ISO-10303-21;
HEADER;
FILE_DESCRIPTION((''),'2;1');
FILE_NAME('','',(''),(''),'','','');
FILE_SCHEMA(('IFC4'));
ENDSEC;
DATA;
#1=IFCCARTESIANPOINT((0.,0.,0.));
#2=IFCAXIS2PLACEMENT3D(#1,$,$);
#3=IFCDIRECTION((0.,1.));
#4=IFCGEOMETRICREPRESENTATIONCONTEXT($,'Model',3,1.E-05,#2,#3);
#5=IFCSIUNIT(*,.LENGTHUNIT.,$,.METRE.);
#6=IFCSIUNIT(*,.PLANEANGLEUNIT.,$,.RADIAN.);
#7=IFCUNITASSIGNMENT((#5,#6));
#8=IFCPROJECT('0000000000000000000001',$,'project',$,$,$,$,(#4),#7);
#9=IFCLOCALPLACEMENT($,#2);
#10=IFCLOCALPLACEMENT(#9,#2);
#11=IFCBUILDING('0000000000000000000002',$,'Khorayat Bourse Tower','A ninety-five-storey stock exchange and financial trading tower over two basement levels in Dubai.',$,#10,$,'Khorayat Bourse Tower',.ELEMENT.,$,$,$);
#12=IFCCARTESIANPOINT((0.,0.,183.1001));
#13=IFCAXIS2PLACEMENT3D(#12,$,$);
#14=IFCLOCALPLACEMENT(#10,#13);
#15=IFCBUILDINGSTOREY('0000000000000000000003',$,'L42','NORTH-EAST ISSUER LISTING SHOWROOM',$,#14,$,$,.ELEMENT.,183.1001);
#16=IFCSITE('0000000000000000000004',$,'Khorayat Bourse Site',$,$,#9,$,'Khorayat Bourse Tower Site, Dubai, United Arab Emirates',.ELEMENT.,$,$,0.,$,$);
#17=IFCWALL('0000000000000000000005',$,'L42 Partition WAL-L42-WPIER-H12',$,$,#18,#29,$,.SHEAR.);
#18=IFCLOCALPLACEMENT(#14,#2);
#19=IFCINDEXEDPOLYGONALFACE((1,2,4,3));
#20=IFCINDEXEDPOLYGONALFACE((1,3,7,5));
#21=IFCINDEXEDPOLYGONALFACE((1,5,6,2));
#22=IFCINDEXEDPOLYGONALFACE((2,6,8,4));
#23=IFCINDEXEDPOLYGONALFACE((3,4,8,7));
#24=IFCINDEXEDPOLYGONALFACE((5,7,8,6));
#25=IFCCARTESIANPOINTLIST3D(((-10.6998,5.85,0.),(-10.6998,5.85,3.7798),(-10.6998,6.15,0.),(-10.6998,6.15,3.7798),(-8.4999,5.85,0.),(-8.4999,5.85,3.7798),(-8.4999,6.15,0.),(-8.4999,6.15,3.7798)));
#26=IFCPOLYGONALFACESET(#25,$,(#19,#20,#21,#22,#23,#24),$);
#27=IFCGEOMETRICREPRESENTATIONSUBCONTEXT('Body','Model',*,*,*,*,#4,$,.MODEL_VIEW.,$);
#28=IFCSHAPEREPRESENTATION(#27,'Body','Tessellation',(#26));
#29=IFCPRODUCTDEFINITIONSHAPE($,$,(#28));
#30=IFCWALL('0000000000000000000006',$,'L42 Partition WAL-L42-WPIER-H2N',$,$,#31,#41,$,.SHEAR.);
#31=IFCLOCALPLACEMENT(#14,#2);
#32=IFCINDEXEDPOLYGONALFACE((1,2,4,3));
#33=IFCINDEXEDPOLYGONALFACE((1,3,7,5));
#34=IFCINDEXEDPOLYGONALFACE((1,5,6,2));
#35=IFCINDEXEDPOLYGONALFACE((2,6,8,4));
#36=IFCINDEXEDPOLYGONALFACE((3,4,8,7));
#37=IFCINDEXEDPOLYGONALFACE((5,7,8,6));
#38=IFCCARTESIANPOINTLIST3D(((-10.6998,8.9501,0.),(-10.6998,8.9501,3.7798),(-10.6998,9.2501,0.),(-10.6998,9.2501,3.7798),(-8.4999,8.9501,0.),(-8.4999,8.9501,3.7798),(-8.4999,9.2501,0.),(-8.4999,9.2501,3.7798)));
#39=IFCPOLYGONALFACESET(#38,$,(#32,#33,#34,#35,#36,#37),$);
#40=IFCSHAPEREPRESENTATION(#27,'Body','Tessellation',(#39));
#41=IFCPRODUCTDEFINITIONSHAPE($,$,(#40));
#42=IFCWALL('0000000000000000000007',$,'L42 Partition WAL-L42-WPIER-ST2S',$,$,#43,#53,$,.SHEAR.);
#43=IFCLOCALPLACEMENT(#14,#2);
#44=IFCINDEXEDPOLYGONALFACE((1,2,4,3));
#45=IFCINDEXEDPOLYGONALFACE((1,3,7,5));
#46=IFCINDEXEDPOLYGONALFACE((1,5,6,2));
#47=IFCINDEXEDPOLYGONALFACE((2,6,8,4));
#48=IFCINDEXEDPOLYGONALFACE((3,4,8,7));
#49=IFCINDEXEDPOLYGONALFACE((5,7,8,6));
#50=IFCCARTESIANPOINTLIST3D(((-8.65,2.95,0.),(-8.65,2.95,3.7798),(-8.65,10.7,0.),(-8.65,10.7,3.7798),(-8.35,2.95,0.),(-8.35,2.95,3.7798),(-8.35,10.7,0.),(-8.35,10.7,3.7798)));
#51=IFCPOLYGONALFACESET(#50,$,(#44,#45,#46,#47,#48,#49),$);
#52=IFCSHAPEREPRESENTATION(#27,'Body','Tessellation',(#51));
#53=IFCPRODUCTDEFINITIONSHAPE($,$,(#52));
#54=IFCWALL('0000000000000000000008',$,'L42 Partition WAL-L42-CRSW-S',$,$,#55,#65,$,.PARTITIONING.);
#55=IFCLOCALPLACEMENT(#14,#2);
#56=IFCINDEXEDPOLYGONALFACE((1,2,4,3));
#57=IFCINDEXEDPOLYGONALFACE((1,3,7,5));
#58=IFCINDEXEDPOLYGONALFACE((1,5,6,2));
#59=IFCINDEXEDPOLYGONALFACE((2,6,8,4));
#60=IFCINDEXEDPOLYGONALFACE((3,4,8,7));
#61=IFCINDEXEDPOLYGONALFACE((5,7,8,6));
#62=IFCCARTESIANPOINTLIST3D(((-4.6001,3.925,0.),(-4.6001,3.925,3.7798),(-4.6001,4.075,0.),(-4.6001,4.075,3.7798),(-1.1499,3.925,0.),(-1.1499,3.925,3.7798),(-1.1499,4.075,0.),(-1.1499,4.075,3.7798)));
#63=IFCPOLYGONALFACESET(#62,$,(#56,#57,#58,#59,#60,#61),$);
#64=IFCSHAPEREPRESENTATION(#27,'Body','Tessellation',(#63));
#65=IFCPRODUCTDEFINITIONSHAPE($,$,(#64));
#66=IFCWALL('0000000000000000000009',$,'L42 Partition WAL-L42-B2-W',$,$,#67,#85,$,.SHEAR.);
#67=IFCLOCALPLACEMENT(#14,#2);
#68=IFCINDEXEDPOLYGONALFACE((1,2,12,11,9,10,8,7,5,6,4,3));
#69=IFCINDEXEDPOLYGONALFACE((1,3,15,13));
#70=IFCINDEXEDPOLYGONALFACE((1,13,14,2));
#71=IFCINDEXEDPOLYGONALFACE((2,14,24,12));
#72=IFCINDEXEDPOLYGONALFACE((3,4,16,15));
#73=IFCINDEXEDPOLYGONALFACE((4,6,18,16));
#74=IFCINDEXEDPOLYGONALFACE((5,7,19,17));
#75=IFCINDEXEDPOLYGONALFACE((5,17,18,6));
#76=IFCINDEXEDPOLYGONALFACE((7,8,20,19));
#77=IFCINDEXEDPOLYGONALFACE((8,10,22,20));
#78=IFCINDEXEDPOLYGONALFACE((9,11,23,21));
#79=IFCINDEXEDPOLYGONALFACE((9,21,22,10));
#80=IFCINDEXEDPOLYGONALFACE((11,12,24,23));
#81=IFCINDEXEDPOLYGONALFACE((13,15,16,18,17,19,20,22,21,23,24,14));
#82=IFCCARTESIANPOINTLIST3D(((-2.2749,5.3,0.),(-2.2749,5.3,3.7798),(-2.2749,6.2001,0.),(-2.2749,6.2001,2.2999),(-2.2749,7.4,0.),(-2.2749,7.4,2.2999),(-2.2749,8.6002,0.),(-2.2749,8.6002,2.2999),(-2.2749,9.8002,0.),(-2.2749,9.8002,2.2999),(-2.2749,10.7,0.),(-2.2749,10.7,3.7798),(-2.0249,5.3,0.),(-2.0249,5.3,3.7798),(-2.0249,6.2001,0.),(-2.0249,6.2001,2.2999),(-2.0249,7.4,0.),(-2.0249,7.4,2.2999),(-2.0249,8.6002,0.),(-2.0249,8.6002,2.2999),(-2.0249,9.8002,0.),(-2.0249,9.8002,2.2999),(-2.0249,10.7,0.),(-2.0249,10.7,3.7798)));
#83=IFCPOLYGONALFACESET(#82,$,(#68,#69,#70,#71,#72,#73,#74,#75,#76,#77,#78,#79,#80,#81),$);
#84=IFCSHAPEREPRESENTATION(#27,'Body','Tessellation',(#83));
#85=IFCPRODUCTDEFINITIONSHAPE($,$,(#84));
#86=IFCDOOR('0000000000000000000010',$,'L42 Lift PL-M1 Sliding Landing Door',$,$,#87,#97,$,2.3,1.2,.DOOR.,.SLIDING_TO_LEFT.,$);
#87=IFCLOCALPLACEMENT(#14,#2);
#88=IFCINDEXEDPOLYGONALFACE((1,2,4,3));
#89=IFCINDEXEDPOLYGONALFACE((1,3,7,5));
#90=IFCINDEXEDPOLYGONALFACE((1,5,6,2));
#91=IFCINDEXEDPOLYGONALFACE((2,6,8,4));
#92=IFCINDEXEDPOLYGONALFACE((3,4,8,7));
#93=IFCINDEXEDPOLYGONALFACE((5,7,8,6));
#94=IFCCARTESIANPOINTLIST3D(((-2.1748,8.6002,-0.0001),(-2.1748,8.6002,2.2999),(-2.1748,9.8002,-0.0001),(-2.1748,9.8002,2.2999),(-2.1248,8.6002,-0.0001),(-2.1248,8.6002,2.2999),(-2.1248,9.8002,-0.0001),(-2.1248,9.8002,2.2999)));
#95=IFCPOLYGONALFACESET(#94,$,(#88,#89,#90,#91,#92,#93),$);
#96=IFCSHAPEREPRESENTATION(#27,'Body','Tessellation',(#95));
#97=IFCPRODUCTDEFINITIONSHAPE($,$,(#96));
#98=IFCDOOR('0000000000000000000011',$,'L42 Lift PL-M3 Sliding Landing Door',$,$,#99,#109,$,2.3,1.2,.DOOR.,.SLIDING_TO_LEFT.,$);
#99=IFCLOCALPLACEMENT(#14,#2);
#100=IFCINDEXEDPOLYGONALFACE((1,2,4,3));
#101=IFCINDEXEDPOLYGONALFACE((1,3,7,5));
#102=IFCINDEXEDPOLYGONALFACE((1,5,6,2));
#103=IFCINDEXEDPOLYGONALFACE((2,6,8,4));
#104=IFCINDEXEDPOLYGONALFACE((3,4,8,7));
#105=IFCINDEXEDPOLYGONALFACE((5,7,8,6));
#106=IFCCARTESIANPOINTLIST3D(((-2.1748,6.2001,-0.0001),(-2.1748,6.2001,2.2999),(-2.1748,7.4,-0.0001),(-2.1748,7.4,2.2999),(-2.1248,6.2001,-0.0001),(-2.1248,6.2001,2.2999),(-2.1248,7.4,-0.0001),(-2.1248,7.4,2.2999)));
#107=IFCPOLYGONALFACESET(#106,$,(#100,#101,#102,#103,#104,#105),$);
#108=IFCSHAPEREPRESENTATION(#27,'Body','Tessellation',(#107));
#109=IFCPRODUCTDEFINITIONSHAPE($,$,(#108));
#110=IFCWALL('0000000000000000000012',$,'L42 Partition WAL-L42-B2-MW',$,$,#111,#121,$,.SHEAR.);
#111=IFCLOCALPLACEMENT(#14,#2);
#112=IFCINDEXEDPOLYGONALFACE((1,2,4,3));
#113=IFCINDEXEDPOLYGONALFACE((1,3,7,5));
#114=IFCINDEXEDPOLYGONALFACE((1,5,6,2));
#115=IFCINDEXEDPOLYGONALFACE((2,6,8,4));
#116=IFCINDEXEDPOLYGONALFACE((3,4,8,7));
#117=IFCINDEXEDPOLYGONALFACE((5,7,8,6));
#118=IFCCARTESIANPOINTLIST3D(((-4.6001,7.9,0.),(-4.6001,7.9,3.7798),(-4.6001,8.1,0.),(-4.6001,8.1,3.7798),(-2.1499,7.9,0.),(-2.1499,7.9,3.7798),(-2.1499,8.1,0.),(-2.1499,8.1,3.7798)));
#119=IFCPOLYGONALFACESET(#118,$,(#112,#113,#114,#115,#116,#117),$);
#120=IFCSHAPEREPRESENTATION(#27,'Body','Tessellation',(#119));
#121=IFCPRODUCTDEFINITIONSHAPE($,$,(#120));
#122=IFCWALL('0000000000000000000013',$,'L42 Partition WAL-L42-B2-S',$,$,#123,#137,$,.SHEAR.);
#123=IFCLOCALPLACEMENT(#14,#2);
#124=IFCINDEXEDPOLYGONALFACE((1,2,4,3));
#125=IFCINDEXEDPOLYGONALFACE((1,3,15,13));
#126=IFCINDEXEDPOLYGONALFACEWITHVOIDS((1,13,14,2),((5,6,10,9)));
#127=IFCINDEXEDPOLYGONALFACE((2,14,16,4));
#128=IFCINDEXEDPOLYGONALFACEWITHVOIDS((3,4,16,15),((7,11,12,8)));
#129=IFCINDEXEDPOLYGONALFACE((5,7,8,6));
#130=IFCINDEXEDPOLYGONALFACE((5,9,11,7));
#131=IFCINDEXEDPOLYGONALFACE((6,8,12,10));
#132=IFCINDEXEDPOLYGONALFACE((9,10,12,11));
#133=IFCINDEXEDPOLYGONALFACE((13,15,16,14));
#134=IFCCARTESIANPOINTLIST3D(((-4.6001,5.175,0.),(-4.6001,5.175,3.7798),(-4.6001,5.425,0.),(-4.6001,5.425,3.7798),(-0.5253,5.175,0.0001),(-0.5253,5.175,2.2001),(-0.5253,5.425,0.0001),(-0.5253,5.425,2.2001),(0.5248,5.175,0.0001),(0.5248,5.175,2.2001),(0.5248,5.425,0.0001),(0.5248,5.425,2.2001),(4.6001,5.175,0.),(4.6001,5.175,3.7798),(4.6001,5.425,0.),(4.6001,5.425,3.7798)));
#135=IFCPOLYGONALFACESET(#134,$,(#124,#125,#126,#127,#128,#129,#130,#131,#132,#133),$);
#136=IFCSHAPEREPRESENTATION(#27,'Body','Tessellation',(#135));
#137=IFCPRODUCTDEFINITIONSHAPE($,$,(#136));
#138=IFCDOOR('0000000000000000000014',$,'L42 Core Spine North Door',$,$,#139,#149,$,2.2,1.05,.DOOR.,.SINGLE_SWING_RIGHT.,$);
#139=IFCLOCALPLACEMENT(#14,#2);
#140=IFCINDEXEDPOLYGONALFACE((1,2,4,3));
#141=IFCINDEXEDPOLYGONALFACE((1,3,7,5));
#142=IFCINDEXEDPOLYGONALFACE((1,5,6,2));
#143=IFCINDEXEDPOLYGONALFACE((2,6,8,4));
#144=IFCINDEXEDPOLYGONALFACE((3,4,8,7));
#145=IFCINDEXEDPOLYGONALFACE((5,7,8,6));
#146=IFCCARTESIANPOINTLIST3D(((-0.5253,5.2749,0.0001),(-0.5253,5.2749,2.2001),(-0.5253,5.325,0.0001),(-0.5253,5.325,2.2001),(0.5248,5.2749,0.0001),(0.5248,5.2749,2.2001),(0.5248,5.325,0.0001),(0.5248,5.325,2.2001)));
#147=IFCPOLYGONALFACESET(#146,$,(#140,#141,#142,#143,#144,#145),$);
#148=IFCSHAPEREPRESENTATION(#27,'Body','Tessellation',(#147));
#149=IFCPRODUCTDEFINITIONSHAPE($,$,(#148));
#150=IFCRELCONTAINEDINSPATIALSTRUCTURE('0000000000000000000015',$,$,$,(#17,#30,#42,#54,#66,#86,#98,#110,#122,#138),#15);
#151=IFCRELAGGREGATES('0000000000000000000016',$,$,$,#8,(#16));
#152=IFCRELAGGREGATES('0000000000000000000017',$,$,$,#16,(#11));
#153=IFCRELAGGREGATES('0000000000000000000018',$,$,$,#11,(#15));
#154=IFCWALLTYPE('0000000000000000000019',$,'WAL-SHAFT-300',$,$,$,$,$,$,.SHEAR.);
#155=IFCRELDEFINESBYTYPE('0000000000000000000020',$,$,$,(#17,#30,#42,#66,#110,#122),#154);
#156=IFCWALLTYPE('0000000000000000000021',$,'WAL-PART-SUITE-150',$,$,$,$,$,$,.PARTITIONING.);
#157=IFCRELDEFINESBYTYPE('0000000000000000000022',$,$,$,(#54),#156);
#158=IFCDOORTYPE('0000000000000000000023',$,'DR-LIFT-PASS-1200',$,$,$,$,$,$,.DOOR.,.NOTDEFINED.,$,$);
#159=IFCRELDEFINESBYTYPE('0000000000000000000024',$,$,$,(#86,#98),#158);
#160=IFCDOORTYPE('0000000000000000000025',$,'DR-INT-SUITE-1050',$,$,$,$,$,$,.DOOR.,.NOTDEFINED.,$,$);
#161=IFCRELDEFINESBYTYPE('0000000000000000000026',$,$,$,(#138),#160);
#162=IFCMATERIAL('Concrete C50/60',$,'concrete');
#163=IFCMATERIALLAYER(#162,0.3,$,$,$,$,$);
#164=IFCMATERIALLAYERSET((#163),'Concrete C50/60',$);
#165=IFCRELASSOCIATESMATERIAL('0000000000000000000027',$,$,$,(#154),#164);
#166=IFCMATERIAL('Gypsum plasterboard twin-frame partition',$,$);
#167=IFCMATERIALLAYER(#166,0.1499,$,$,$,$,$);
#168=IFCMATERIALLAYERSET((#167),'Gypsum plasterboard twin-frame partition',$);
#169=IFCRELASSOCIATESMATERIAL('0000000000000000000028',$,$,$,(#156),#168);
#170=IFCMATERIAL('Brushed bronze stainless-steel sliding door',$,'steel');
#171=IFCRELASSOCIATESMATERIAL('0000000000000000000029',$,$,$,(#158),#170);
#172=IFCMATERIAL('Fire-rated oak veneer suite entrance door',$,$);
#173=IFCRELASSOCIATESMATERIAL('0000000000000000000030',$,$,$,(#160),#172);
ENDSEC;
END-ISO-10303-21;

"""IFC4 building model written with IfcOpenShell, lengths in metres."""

from ifc_helpers import new_model, si_unit, direction, frame, frame_2d, origin, place, context, subcontext, project, spatial, rectangle, extrude, source, transform, mapped, material, layer, layer_set, type_object, element, fill, save


model = new_model("IFC4")

# Units and contexts
model_context = context("Model", 3, precision=1e-05, world=origin(), true_north=direction((0.0, 1.0)))
body_context = subcontext(model_context, "Body", "Model", "MODEL_VIEW")
ifc_project = project(units=[si_unit("LENGTHUNIT", "METRE"), si_unit("PLANEANGLEUNIT", "RADIAN")], contexts=[model_context])

# Site, building, storey
site_placement = place(None, origin())
site = spatial("IfcSite", under=ifc_project, at=site_placement, Name="Khorayat Bourse Site", LongName="Khorayat Bourse Tower Site, Dubai, United Arab Emirates", CompositionType="ELEMENT", RefElevation=0.0)
building_placement = place(site_placement, origin())
building = spatial("IfcBuilding", under=site, at=building_placement, Name="Khorayat Bourse Tower", Description="A ninety-five-storey stock exchange and financial trading tower over two basement levels in Dubai.", LongName="Khorayat Bourse Tower", CompositionType="ELEMENT")
storey_placement = place(building_placement, frame((0.0, 0.0, 183.1001)))
storey = spatial("IfcBuildingStorey", under=building, at=storey_placement, Name="L42", Description="NORTH-EAST ISSUER LISTING SHOWROOM", CompositionType="ELEMENT", Elevation=183.1001)

# Walls
ifc_material_1 = material(Name="Concrete C50/60", Category="concrete")
ifc_layer_1 = layer(ifc_material_1, 0.3)
ifc_layer_set_1 = layer_set([ifc_layer_1], Name="Concrete C50/60")
wall_type_1 = type_object("IfcWallType", Name="WAL-SHAFT-300", PredefinedType="SHEAR", material=ifc_layer_set_1)
shared_shape_1 = source(origin(), body_context, "Body", "SweptSolid", [
    extrude(rectangle(XDim=2.2, YDim=0.3, at=frame_2d((1.1001, 0.0))), origin(), (0.0, 0.0, 1.0), 3.7798),
])
for number, where, z_axis, x_axis, name in (
    (1, (-10.7, 6.0, 0.0), (0.0, 0.0, 1.0), (1.0, 0.0, 0.0), "L42 Partition WAL-L42-WPIER-H12"),
    (2, (-10.7, 9.1001, 0.0), (0.0, 0.0, 1.0), (1.0, 0.0, 0.0), "L42 Partition WAL-L42-WPIER-H2N"),
):
    element("IfcWall", number, at=place(storey_placement, frame(where, z_axis=z_axis, x_axis=x_axis)), inside=storey, type_object=wall_type_1, Name=name, PredefinedType="SHEAR", context=body_context, shape_type="MappedRepresentation", body=[
        mapped(shared_shape_1, transform((0.0, 0.0, 0.0), scale=1.0)),
    ])
shared_shape_2 = source(origin(), body_context, "Body", "SweptSolid", [
    extrude(rectangle(XDim=7.75, YDim=0.3, at=frame_2d((3.875, 0.0))), origin(), (0.0, 0.0, 1.0), 3.7798),
])
wall_1_placement = place(storey_placement, frame((-8.5, 2.95, 0.0), z_axis=(0.0, 0.0, 1.0), x_axis=(0.0, 1.0, 0.0)))
element("IfcWall", 3, at=wall_1_placement, inside=storey, type_object=wall_type_1, Name="L42 Partition WAL-L42-WPIER-ST2S", PredefinedType="SHEAR", context=body_context, shape_type="MappedRepresentation", body=[
    mapped(shared_shape_2, transform((0.0, 0.0, 0.0), scale=1.0)),
])
ifc_material_2 = material(Name="Gypsum plasterboard twin-frame partition")
ifc_layer_2 = layer(ifc_material_2, 0.1499)
ifc_layer_set_2 = layer_set([ifc_layer_2], Name="Gypsum plasterboard twin-frame partition")
wall_type_2 = type_object("IfcWallType", Name="WAL-PART-SUITE-150", PredefinedType="PARTITIONING", material=ifc_layer_set_2)
shared_shape_3 = source(origin(), body_context, "Body", "SweptSolid", [
    extrude(rectangle(XDim=3.4502, YDim=0.1499, at=frame_2d((1.7251, 0.0))), origin(), (0.0, 0.0, 1.0), 3.7798),
])
wall_2_placement = place(storey_placement, frame((-4.6001, 4.0, 0.0), z_axis=(0.0, 0.0, 1.0), x_axis=(1.0, 0.0, 0.0)))
element("IfcWall", 4, at=wall_2_placement, inside=storey, type_object=wall_type_2, Name="L42 Partition WAL-L42-CRSW-S", PredefinedType="PARTITIONING", context=body_context, shape_type="MappedRepresentation", body=[
    mapped(shared_shape_3, transform((0.0, 0.0, 0.0), scale=1.0)),
])

# Wall, openings, doors
shared_shape_4 = source(origin(), body_context, "Body", "SweptSolid", [
    extrude(rectangle(XDim=5.3999, YDim=0.25, at=frame_2d((2.7, 0.0))), origin(), (0.0, 0.0, 1.0), 3.7798),
])
wall_3_placement = place(storey_placement, frame((-2.1499, 5.3, 0.0), z_axis=(0.0, 0.0, 1.0), x_axis=(0.0, 1.0, 0.0)))
wall_3 = element("IfcWall", 5, at=wall_3_placement, inside=storey, type_object=wall_type_1, Name="L42 Partition WAL-L42-B2-W", PredefinedType="SHEAR", context=body_context, shape_type="MappedRepresentation", body=[
    mapped(shared_shape_4, transform((0.0, 0.0, 0.0), scale=1.0)),
])
shared_shape_5 = source(origin(), body_context, "Body", "SweptSolid", [
    extrude(rectangle(XDim=1.2, YDim=2.3, at=frame_2d((0.6001, 1.1499))), frame((0.0, 0.135, 0.0), z_axis=(0.0, -1.0, 0.0), x_axis=(1.0, 0.0, 0.0)), (0.0, 0.0, 1.0), 0.27),
])
opening_1_placement = place(wall_3_placement, frame((3.3, 0.0, 0.0)))
opening_1 = element("IfcOpeningElement", 6, at=opening_1_placement, cuts=wall_3, PredefinedType="OPENING", context=body_context, shape_type="MappedRepresentation", body=[
    mapped(shared_shape_5, transform((0.0, 0.0, 0.0), scale=1.0)),
])
opening_2_placement = place(wall_3_placement, frame((0.8999, 0.0, 0.0)))
opening_2 = element("IfcOpeningElement", 7, at=opening_2_placement, cuts=wall_3, PredefinedType="OPENING", context=body_context, shape_type="MappedRepresentation", body=[
    mapped(shared_shape_5, transform((0.0, 0.0, 0.0), scale=1.0)),
])
ifc_material_3 = material(Name="Brushed bronze stainless-steel sliding door", Category="steel")
door_type_1 = type_object("IfcDoorType", Name="DR-LIFT-PASS-1200", OperationType="NOTDEFINED", PredefinedType="DOOR", material=ifc_material_3)
shared_shape_6 = source(origin(), body_context, "Body", "SweptSolid", [
    extrude(rectangle(XDim=1.2, YDim=2.3, at=frame_2d((0.6001, 1.1499))), frame((0.0, 0.0249, 0.0), z_axis=(0.0, -1.0, 0.0), x_axis=(1.0, 0.0, 0.0)), (0.0, 0.0, 1.0), 0.05),
])
door_1_placement = place(opening_1_placement, origin())
door_1 = element("IfcDoor", 8, at=door_1_placement, inside=storey, type_object=door_type_1, Name="L42 Lift PL-M1 Sliding Landing Door", OperationType="SLIDING_TO_LEFT", OverallHeight=2.3, OverallWidth=1.2, PredefinedType="DOOR", context=body_context, shape_type="MappedRepresentation", body=[
    mapped(shared_shape_6, transform((0.0, 0.0, 0.0), scale=1.0)),
])
fill(opening_1, door_1)
door_2_placement = place(opening_2_placement, origin())
door_2 = element("IfcDoor", 9, at=door_2_placement, inside=storey, type_object=door_type_1, Name="L42 Lift PL-M3 Sliding Landing Door", OperationType="SLIDING_TO_LEFT", OverallHeight=2.3, OverallWidth=1.2, PredefinedType="DOOR", context=body_context, shape_type="MappedRepresentation", body=[
    mapped(shared_shape_6, transform((0.0, 0.0, 0.0), scale=1.0)),
])
fill(opening_2, door_2)

# Wall
shared_shape_7 = source(origin(), body_context, "Body", "SweptSolid", [
    extrude(rectangle(XDim=2.4502, YDim=0.2, at=frame_2d((1.2251, 0.0))), origin(), (0.0, 0.0, 1.0), 3.7798),
])
wall_4_placement = place(storey_placement, frame((-4.6001, 8.0, 0.0), z_axis=(0.0, 0.0, 1.0), x_axis=(1.0, 0.0, 0.0)))
element("IfcWall", 10, at=wall_4_placement, inside=storey, type_object=wall_type_1, Name="L42 Partition WAL-L42-B2-MW", PredefinedType="SHEAR", context=body_context, shape_type="MappedRepresentation", body=[
    mapped(shared_shape_7, transform((0.0, 0.0, 0.0), scale=1.0)),
])

# Wall, opening, door
shared_shape_8 = source(origin(), body_context, "Body", "SweptSolid", [
    extrude(rectangle(XDim=9.2002, YDim=0.25, at=frame_2d((4.6001, 0.0))), origin(), (0.0, 0.0, 1.0), 3.7798),
])
wall_5_placement = place(storey_placement, frame((-4.6001, 5.3, 0.0), z_axis=(0.0, 0.0, 1.0), x_axis=(1.0, 0.0, 0.0)))
wall_5 = element("IfcWall", 11, at=wall_5_placement, inside=storey, type_object=wall_type_1, Name="L42 Partition WAL-L42-B2-S", PredefinedType="SHEAR", context=body_context, shape_type="MappedRepresentation", body=[
    mapped(shared_shape_8, transform((0.0, 0.0, 0.0), scale=1.0)),
])
shared_shape_9 = source(origin(), body_context, "Body", "SweptSolid", [
    extrude(rectangle(XDim=1.05, YDim=2.2, at=frame_2d((0.5249, 1.1001))), frame((0.0, 0.135, 0.0), z_axis=(0.0, -1.0, 0.0), x_axis=(1.0, 0.0, 0.0)), (0.0, 0.0, 1.0), 0.27),
])
opening_3_placement = place(wall_5_placement, frame((4.075, 0.0, 0.0)))
opening_3 = element("IfcOpeningElement", 12, at=opening_3_placement, cuts=wall_5, PredefinedType="OPENING", context=body_context, shape_type="MappedRepresentation", body=[
    mapped(shared_shape_9, transform((0.0, 0.0, 0.0), scale=1.0)),
])
ifc_material_4 = material(Name="Fire-rated oak veneer suite entrance door")
door_type_2 = type_object("IfcDoorType", Name="DR-INT-SUITE-1050", OperationType="NOTDEFINED", PredefinedType="DOOR", material=ifc_material_4)
shared_shape_10 = source(origin(), body_context, "Body", "SweptSolid", [
    extrude(rectangle(XDim=1.05, YDim=2.2, at=frame_2d((0.5249, 1.1001))), frame((0.0, 0.0249, 0.0), z_axis=(0.0, -1.0, 0.0), x_axis=(1.0, 0.0, 0.0)), (0.0, 0.0, 1.0), 0.05),
])
door_3_placement = place(opening_3_placement, origin())
door_3 = element("IfcDoor", 13, at=door_3_placement, inside=storey, type_object=door_type_2, Name="L42 Core Spine North Door", OperationType="SINGLE_SWING_RIGHT", OverallHeight=2.2, OverallWidth=1.05, PredefinedType="DOOR", context=body_context, shape_type="MappedRepresentation", body=[
    mapped(shared_shape_10, transform((0.0, 0.0, 0.0), scale=1.0)),
])
fill(opening_3, door_3)

save(model, "model.ifc")
